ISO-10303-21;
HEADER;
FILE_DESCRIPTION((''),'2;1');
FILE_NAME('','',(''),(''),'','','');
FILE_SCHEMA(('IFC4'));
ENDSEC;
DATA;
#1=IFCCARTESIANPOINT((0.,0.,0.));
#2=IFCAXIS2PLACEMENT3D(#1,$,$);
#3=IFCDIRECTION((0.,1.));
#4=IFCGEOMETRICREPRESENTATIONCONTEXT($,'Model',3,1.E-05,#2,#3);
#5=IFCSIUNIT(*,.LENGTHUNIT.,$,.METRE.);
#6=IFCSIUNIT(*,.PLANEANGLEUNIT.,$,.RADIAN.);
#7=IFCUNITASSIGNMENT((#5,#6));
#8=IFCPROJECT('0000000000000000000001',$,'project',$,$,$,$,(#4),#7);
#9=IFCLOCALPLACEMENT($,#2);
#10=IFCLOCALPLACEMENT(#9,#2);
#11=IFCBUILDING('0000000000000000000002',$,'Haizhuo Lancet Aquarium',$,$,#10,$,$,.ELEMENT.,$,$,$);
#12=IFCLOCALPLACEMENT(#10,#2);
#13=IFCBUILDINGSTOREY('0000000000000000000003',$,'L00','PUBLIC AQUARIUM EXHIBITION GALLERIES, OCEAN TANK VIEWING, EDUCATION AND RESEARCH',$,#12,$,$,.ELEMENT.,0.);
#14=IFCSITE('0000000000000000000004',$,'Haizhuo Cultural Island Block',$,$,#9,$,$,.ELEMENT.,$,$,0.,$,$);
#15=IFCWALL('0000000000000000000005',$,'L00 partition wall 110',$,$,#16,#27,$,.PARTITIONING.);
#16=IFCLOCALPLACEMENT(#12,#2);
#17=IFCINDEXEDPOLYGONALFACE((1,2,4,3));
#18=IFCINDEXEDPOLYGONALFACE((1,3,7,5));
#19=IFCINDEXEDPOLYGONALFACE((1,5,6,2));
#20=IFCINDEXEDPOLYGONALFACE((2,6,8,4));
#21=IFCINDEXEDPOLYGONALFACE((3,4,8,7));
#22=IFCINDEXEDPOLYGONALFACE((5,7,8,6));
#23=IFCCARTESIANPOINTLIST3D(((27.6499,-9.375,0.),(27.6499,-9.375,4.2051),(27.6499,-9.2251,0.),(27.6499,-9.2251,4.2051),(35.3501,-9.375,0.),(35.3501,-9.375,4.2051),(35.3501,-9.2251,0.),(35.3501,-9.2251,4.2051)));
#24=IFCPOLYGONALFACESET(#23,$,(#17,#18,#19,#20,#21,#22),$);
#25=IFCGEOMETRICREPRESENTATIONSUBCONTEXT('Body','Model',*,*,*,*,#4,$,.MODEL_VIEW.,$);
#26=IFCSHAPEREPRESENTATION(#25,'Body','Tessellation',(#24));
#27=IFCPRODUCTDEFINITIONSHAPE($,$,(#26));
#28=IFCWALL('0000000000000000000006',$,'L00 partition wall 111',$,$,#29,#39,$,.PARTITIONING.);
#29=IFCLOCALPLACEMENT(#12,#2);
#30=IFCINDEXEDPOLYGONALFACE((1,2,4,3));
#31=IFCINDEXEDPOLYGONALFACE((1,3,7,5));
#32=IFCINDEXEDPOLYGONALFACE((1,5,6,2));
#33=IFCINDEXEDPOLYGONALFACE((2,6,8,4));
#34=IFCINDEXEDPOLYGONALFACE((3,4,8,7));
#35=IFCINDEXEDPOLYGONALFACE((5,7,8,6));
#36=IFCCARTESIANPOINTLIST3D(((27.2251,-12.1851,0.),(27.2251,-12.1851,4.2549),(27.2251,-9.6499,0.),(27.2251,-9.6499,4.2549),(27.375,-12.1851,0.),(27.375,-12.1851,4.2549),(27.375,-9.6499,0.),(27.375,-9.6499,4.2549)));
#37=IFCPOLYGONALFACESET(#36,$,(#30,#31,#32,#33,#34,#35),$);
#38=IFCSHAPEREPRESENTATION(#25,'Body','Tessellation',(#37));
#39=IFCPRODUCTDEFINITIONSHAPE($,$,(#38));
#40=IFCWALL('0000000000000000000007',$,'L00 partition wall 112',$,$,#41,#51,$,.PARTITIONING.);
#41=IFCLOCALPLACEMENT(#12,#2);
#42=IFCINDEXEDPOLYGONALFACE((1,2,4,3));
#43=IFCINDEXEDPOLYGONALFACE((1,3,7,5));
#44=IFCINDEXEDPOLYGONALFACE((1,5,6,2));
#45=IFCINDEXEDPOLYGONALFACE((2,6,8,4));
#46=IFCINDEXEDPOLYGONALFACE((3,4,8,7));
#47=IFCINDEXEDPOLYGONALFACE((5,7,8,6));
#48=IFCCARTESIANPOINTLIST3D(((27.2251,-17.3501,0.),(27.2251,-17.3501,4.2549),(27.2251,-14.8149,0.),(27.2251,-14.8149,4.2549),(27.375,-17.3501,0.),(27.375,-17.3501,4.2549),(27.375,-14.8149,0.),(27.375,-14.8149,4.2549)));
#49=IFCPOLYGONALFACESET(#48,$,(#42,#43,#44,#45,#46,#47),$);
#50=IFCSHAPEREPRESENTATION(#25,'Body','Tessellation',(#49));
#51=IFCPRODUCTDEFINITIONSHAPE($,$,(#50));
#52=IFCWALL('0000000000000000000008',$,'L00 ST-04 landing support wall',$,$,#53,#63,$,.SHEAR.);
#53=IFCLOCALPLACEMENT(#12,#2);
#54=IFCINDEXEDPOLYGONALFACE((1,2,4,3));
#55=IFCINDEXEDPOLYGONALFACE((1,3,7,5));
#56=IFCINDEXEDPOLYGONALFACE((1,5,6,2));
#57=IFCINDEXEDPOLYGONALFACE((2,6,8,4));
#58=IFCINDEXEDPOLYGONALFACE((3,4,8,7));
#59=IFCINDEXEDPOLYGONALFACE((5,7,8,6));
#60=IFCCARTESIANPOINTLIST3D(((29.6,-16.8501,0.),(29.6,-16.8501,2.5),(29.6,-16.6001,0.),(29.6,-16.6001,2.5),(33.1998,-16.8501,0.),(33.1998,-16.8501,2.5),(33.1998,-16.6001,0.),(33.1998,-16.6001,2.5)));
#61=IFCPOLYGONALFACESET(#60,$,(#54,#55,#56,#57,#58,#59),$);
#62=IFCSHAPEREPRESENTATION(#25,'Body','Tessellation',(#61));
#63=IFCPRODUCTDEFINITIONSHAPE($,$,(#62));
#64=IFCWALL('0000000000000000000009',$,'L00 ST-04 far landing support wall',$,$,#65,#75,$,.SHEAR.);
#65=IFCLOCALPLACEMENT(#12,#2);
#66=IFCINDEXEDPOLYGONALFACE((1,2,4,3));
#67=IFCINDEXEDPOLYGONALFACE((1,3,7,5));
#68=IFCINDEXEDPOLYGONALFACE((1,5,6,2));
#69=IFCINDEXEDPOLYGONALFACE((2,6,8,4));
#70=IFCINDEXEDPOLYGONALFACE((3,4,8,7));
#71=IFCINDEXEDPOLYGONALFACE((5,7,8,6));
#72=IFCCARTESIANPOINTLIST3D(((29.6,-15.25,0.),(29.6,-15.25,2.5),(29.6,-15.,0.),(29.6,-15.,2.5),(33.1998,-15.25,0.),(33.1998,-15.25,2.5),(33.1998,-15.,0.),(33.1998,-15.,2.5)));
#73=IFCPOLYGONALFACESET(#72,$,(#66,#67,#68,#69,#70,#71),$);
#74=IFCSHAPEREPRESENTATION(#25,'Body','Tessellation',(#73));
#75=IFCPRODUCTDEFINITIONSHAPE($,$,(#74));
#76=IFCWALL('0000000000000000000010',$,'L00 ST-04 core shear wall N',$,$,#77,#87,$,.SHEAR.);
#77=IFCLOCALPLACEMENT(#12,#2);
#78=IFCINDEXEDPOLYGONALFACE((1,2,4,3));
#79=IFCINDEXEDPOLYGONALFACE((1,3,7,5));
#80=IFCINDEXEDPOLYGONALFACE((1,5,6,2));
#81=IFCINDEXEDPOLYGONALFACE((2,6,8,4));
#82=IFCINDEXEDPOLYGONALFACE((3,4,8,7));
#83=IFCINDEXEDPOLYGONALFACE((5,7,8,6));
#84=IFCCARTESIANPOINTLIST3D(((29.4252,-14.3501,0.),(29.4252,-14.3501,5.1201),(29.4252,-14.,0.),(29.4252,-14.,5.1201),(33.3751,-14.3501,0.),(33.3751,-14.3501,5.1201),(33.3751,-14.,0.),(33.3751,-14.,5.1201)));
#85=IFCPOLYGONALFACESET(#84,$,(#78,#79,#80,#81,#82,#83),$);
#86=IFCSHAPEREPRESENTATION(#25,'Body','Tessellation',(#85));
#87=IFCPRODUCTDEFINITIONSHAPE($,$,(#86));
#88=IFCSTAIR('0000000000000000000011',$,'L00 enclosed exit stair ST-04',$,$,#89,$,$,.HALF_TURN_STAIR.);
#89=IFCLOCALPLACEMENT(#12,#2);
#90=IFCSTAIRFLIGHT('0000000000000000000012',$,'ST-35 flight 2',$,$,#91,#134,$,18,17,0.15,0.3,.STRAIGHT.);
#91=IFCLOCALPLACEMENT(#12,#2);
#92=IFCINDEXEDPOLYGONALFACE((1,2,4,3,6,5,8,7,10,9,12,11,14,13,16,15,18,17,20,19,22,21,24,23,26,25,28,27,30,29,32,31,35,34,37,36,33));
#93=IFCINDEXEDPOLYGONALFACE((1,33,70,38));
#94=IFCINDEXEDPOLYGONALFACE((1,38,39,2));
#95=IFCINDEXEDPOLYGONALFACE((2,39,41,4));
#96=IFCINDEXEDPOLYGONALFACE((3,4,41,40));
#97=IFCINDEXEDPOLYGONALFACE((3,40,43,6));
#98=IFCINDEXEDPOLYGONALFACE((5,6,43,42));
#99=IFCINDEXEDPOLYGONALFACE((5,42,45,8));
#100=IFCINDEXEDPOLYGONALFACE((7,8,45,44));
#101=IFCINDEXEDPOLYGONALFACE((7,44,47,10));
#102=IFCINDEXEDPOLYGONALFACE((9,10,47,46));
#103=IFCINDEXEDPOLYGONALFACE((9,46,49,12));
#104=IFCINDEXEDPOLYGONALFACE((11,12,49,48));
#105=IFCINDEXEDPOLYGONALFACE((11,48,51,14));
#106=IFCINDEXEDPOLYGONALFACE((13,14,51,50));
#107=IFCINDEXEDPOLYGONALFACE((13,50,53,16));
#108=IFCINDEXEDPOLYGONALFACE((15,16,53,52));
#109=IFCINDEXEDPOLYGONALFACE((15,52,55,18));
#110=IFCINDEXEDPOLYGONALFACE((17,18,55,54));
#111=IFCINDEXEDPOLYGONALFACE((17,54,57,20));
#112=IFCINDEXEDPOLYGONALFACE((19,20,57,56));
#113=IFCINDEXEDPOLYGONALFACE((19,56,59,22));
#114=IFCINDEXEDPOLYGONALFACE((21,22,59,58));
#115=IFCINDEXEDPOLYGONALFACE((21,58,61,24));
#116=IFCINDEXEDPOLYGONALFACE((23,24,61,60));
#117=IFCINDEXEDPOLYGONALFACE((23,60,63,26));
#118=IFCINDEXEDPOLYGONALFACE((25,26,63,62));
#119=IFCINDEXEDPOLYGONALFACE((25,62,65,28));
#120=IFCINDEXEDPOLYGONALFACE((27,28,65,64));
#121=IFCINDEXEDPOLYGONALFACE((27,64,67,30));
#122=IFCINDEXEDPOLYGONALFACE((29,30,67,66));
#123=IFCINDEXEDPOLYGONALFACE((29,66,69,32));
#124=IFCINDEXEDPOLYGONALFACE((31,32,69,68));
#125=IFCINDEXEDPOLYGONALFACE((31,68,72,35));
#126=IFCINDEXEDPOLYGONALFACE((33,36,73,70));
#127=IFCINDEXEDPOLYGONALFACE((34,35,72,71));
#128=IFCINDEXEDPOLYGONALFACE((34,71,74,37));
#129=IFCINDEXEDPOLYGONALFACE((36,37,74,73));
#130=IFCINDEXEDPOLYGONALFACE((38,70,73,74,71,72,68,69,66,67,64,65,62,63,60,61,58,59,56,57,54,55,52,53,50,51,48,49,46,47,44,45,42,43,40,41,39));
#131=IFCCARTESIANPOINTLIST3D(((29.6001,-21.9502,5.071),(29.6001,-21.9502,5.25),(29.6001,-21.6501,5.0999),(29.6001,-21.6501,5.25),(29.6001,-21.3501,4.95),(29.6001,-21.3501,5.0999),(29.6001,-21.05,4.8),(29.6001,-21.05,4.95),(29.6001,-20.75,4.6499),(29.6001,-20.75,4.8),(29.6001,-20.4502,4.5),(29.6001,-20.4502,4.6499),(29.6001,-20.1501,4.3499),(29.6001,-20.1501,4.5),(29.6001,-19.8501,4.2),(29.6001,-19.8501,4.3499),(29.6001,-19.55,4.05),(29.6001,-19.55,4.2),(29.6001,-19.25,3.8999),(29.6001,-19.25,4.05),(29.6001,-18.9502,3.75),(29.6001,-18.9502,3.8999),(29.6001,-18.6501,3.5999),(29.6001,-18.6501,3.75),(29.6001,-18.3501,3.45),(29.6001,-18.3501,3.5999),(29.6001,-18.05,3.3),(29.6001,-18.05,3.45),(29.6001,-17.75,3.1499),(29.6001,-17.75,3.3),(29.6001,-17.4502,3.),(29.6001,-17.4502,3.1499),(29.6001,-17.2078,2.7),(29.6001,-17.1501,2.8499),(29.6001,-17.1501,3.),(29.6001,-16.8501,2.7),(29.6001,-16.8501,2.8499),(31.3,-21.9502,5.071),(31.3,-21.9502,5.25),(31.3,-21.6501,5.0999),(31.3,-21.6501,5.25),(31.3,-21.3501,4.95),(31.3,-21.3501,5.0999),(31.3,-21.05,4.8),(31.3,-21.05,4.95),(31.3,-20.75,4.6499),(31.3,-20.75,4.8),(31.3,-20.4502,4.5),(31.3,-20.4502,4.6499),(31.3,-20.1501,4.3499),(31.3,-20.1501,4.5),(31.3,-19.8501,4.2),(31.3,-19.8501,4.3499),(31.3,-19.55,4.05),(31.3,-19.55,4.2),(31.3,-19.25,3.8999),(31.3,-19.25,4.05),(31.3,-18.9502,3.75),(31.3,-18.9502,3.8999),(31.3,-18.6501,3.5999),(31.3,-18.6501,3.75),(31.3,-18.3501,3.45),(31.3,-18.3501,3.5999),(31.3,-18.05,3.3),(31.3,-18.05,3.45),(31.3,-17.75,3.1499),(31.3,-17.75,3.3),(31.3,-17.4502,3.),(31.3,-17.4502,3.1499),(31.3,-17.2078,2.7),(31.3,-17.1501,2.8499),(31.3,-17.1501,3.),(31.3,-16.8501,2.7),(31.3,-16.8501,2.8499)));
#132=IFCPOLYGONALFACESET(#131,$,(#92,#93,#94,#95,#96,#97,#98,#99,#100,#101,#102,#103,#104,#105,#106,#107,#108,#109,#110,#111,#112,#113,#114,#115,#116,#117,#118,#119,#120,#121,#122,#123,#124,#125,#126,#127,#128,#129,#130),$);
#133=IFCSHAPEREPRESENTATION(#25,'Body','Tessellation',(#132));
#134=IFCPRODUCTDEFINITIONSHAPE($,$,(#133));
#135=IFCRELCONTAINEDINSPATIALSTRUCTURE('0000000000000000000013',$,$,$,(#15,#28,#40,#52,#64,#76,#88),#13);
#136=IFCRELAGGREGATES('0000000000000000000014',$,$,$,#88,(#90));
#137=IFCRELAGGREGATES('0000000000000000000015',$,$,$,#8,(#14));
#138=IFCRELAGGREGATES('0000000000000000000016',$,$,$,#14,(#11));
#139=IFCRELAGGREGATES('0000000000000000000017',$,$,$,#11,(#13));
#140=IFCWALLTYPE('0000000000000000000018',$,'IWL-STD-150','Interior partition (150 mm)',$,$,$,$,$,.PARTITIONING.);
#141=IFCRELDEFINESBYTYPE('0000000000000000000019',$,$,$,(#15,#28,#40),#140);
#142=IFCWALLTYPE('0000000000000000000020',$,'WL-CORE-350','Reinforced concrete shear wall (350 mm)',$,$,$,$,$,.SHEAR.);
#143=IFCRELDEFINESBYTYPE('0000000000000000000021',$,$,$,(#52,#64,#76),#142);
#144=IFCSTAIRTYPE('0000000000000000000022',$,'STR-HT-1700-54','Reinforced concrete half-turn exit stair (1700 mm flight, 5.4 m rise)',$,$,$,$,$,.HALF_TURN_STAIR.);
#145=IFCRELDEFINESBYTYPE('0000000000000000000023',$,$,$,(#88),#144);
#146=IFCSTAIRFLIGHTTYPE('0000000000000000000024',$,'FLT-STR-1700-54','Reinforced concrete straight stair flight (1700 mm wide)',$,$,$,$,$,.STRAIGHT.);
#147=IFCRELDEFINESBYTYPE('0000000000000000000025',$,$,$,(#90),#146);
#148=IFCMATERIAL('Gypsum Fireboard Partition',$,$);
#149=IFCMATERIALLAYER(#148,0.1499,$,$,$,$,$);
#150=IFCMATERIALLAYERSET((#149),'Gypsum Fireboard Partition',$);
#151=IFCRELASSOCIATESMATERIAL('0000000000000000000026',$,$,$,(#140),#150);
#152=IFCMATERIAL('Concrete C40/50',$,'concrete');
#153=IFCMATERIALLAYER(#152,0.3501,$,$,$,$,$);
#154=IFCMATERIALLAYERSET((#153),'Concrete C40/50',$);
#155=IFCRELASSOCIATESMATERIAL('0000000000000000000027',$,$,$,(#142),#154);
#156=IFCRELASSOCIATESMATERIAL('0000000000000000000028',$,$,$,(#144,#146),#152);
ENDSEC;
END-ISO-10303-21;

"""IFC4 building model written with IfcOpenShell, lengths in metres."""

from ifc_helpers import new_model, si_unit, direction, frame, frame_2d, origin, place, context, subcontext, project, spatial, polyline, rectangle, outline, extrude, material, layer, layer_set, type_object, element, aggregate, save


model = new_model("IFC4")

# Units and contexts
model_context = context("Model", 3, precision=1e-05, world=origin(), true_north=direction((0.0, 1.0)))
body_context = subcontext(model_context, "Body", "Model", "MODEL_VIEW")
ifc_project = project(units=[si_unit("LENGTHUNIT", "METRE"), si_unit("PLANEANGLEUNIT", "RADIAN")], contexts=[model_context])

# Site, building, storey
site_placement = place(None, origin())
site = spatial("IfcSite", under=ifc_project, at=site_placement, Name="Haizhuo Cultural Island Block", CompositionType="ELEMENT", RefElevation=0.0)
building_placement = place(site_placement, origin())
building = spatial("IfcBuilding", under=site, at=building_placement, Name="Haizhuo Lancet Aquarium", CompositionType="ELEMENT")
storey_placement = place(building_placement, origin())
storey = spatial("IfcBuildingStorey", under=building, at=storey_placement, Name="L00", Description="PUBLIC AQUARIUM EXHIBITION GALLERIES, OCEAN TANK VIEWING, EDUCATION AND RESEARCH", CompositionType="ELEMENT", Elevation=0.0)

# Shared definitions
ifc_material_1 = material(Name="Concrete C40/50", Category="concrete")

# Walls
ifc_material_2 = material(Name="Gypsum Fireboard Partition")
ifc_layer_1 = layer(ifc_material_2, 0.1499)
ifc_layer_set_1 = layer_set([ifc_layer_1], Name="Gypsum Fireboard Partition")
wall_type_1 = type_object("IfcWallType", Name="IWL-STD-150", Description="Interior partition (150 mm)", PredefinedType="PARTITIONING", material=ifc_layer_set_1)
wall_1_placement = place(storey_placement, frame((35.3501, -9.3, 0.0), z_axis=(0.0, 0.0, 1.0), x_axis=(-1.0, 0.0, 0.0)))
element("IfcWall", 1, at=wall_1_placement, inside=storey, type_object=wall_type_1, Name="L00 partition wall 110", PredefinedType="PARTITIONING", context=body_context, shape_type="SweptSolid", body=[
    extrude(rectangle(XDim=7.7002, YDim=0.1499, at=frame_2d((3.8501, 0.0))), origin(), (0.0, 0.0, 1.0), 4.2051),
])
for number, where, z_axis, x_axis, name in (
    (2, (27.3, -9.6499, 0.0), (0.0, 0.0, 1.0), (0.0, -1.0, 0.0), "L00 partition wall 111"),
    (3, (27.3, -14.8149, 0.0), (0.0, 0.0, 1.0), (0.0, -1.0, 0.0), "L00 partition wall 112"),
):
    element("IfcWall", number, at=place(storey_placement, frame(where, z_axis=z_axis, x_axis=x_axis)), inside=storey, type_object=wall_type_1, Name=name, PredefinedType="PARTITIONING", context=body_context, shape_type="SweptSolid", body=[
        extrude(rectangle(XDim=2.5352, YDim=0.1499, at=frame_2d((1.2676, 0.0))), origin(), (0.0, 0.0, 1.0), 4.2549),
    ])
ifc_layer_2 = layer(ifc_material_1, 0.3501)
ifc_layer_set_2 = layer_set([ifc_layer_2], Name="Concrete C40/50")
wall_type_2 = type_object("IfcWallType", Name="WL-CORE-350", Description="Reinforced concrete shear wall (350 mm)", PredefinedType="SHEAR", material=ifc_layer_set_2)
for number, where, z_axis, x_axis, name in (
    (4, (29.6001, -16.7251, 0.0), (0.0, 0.0, 1.0), (1.0, 0.0, 0.0), "L00 ST-04 landing support wall"),
    (5, (29.6001, -15.125, 0.0), (0.0, 0.0, 1.0), (1.0, 0.0, 0.0), "L00 ST-04 far landing support wall"),
):
    element("IfcWall", number, at=place(storey_placement, frame(where, z_axis=z_axis, x_axis=x_axis)), inside=storey, type_object=wall_type_2, Name=name, PredefinedType="SHEAR", context=body_context, shape_type="SweptSolid", body=[
        extrude(rectangle(XDim=3.5999, YDim=0.25, at=frame_2d((1.7998, 0.0))), origin(), (0.0, 0.0, 1.0), 2.5),
    ])
wall_2_placement = place(storey_placement, frame((29.425, -14.175, 0.0), z_axis=(0.0, 0.0, 1.0), x_axis=(1.0, 0.0, 0.0)))
element("IfcWall", 6, at=wall_2_placement, inside=storey, type_object=wall_type_2, Name="L00 ST-04 core shear wall N", PredefinedType="SHEAR", context=body_context, shape_type="SweptSolid", body=[
    extrude(rectangle(XDim=3.95, YDim=0.3501, at=frame_2d((1.9751, 0.0))), origin(), (0.0, 0.0, 1.0), 5.1201),
])

# Stair, stair flight
stair_type = type_object("IfcStairType", Name="STR-HT-1700-54", Description="Reinforced concrete half-turn exit stair (1700 mm flight, 5.4 m rise)", PredefinedType="HALF_TURN_STAIR", material=ifc_material_1)
stair_placement = place(storey_placement, origin())
stair = element("IfcStair", 7, at=stair_placement, inside=storey, type_object=stair_type, Name="L00 enclosed exit stair ST-04", PredefinedType="HALF_TURN_STAIR")
stair_flight_type = type_object("IfcStairFlightType", Name="FLT-STR-1700-54", Description="Reinforced concrete straight stair flight (1700 mm wide)", PredefinedType="STRAIGHT", material=ifc_material_1)
stair_flight_placement = place(storey_placement, frame((30.45, -16.8501, 2.7), z_axis=(0.0, 0.0, 1.0), x_axis=(0.0, -1.0, 0.0)))
stair_flight = element("IfcStairFlight", 8, at=stair_flight_placement, type_object=stair_flight_type, Name="ST-35 flight 2", NumberOfRisers=18, NumberOfTreads=17, PredefinedType="STRAIGHT", RiserHeight=0.15, TreadLength=0.3, context=body_context, shape_type="SweptSolid", body=[
    extrude(outline(polyline([(0.0, 0.0), (0.0, 0.1499), (0.3, 0.1499), (0.3, 0.3), (0.6001, 0.3), (0.6001, 0.45), (0.8999, 0.45), (0.8999, 0.6001), (1.2, 0.6001), (1.2, 0.75), (1.5, 0.75), (1.5, 0.8999), (1.8, 0.8999), (1.8, 1.05), (2.1001, 1.05), (2.1001, 1.2), (2.3999, 1.2), (2.3999, 1.3501), (2.7, 1.3501), (2.7, 1.5), (3.0, 1.5), (3.0, 1.6499), (3.3, 1.6499), (3.3, 1.8), (3.6001, 1.8), (3.6001, 1.95), (3.8999, 1.95), (3.8999, 2.1001), (4.2, 2.1001), (4.2, 2.25), (4.5, 2.25), (4.5, 2.3999), (4.8, 2.3999), (4.8, 2.55), (5.1001, 2.55), (5.1001, 2.7), (5.1001, 2.3711), (0.3577, 0.0), (0.0, 0.0)])), frame((0.0, 0.8501, 0.0), z_axis=(0.0, -1.0, 0.0), x_axis=(1.0, 0.0, 0.0)), (0.0, 0.0, 1.0), 1.7),
])
aggregate(stair, [stair_flight])

save(model, "model.ifc")
